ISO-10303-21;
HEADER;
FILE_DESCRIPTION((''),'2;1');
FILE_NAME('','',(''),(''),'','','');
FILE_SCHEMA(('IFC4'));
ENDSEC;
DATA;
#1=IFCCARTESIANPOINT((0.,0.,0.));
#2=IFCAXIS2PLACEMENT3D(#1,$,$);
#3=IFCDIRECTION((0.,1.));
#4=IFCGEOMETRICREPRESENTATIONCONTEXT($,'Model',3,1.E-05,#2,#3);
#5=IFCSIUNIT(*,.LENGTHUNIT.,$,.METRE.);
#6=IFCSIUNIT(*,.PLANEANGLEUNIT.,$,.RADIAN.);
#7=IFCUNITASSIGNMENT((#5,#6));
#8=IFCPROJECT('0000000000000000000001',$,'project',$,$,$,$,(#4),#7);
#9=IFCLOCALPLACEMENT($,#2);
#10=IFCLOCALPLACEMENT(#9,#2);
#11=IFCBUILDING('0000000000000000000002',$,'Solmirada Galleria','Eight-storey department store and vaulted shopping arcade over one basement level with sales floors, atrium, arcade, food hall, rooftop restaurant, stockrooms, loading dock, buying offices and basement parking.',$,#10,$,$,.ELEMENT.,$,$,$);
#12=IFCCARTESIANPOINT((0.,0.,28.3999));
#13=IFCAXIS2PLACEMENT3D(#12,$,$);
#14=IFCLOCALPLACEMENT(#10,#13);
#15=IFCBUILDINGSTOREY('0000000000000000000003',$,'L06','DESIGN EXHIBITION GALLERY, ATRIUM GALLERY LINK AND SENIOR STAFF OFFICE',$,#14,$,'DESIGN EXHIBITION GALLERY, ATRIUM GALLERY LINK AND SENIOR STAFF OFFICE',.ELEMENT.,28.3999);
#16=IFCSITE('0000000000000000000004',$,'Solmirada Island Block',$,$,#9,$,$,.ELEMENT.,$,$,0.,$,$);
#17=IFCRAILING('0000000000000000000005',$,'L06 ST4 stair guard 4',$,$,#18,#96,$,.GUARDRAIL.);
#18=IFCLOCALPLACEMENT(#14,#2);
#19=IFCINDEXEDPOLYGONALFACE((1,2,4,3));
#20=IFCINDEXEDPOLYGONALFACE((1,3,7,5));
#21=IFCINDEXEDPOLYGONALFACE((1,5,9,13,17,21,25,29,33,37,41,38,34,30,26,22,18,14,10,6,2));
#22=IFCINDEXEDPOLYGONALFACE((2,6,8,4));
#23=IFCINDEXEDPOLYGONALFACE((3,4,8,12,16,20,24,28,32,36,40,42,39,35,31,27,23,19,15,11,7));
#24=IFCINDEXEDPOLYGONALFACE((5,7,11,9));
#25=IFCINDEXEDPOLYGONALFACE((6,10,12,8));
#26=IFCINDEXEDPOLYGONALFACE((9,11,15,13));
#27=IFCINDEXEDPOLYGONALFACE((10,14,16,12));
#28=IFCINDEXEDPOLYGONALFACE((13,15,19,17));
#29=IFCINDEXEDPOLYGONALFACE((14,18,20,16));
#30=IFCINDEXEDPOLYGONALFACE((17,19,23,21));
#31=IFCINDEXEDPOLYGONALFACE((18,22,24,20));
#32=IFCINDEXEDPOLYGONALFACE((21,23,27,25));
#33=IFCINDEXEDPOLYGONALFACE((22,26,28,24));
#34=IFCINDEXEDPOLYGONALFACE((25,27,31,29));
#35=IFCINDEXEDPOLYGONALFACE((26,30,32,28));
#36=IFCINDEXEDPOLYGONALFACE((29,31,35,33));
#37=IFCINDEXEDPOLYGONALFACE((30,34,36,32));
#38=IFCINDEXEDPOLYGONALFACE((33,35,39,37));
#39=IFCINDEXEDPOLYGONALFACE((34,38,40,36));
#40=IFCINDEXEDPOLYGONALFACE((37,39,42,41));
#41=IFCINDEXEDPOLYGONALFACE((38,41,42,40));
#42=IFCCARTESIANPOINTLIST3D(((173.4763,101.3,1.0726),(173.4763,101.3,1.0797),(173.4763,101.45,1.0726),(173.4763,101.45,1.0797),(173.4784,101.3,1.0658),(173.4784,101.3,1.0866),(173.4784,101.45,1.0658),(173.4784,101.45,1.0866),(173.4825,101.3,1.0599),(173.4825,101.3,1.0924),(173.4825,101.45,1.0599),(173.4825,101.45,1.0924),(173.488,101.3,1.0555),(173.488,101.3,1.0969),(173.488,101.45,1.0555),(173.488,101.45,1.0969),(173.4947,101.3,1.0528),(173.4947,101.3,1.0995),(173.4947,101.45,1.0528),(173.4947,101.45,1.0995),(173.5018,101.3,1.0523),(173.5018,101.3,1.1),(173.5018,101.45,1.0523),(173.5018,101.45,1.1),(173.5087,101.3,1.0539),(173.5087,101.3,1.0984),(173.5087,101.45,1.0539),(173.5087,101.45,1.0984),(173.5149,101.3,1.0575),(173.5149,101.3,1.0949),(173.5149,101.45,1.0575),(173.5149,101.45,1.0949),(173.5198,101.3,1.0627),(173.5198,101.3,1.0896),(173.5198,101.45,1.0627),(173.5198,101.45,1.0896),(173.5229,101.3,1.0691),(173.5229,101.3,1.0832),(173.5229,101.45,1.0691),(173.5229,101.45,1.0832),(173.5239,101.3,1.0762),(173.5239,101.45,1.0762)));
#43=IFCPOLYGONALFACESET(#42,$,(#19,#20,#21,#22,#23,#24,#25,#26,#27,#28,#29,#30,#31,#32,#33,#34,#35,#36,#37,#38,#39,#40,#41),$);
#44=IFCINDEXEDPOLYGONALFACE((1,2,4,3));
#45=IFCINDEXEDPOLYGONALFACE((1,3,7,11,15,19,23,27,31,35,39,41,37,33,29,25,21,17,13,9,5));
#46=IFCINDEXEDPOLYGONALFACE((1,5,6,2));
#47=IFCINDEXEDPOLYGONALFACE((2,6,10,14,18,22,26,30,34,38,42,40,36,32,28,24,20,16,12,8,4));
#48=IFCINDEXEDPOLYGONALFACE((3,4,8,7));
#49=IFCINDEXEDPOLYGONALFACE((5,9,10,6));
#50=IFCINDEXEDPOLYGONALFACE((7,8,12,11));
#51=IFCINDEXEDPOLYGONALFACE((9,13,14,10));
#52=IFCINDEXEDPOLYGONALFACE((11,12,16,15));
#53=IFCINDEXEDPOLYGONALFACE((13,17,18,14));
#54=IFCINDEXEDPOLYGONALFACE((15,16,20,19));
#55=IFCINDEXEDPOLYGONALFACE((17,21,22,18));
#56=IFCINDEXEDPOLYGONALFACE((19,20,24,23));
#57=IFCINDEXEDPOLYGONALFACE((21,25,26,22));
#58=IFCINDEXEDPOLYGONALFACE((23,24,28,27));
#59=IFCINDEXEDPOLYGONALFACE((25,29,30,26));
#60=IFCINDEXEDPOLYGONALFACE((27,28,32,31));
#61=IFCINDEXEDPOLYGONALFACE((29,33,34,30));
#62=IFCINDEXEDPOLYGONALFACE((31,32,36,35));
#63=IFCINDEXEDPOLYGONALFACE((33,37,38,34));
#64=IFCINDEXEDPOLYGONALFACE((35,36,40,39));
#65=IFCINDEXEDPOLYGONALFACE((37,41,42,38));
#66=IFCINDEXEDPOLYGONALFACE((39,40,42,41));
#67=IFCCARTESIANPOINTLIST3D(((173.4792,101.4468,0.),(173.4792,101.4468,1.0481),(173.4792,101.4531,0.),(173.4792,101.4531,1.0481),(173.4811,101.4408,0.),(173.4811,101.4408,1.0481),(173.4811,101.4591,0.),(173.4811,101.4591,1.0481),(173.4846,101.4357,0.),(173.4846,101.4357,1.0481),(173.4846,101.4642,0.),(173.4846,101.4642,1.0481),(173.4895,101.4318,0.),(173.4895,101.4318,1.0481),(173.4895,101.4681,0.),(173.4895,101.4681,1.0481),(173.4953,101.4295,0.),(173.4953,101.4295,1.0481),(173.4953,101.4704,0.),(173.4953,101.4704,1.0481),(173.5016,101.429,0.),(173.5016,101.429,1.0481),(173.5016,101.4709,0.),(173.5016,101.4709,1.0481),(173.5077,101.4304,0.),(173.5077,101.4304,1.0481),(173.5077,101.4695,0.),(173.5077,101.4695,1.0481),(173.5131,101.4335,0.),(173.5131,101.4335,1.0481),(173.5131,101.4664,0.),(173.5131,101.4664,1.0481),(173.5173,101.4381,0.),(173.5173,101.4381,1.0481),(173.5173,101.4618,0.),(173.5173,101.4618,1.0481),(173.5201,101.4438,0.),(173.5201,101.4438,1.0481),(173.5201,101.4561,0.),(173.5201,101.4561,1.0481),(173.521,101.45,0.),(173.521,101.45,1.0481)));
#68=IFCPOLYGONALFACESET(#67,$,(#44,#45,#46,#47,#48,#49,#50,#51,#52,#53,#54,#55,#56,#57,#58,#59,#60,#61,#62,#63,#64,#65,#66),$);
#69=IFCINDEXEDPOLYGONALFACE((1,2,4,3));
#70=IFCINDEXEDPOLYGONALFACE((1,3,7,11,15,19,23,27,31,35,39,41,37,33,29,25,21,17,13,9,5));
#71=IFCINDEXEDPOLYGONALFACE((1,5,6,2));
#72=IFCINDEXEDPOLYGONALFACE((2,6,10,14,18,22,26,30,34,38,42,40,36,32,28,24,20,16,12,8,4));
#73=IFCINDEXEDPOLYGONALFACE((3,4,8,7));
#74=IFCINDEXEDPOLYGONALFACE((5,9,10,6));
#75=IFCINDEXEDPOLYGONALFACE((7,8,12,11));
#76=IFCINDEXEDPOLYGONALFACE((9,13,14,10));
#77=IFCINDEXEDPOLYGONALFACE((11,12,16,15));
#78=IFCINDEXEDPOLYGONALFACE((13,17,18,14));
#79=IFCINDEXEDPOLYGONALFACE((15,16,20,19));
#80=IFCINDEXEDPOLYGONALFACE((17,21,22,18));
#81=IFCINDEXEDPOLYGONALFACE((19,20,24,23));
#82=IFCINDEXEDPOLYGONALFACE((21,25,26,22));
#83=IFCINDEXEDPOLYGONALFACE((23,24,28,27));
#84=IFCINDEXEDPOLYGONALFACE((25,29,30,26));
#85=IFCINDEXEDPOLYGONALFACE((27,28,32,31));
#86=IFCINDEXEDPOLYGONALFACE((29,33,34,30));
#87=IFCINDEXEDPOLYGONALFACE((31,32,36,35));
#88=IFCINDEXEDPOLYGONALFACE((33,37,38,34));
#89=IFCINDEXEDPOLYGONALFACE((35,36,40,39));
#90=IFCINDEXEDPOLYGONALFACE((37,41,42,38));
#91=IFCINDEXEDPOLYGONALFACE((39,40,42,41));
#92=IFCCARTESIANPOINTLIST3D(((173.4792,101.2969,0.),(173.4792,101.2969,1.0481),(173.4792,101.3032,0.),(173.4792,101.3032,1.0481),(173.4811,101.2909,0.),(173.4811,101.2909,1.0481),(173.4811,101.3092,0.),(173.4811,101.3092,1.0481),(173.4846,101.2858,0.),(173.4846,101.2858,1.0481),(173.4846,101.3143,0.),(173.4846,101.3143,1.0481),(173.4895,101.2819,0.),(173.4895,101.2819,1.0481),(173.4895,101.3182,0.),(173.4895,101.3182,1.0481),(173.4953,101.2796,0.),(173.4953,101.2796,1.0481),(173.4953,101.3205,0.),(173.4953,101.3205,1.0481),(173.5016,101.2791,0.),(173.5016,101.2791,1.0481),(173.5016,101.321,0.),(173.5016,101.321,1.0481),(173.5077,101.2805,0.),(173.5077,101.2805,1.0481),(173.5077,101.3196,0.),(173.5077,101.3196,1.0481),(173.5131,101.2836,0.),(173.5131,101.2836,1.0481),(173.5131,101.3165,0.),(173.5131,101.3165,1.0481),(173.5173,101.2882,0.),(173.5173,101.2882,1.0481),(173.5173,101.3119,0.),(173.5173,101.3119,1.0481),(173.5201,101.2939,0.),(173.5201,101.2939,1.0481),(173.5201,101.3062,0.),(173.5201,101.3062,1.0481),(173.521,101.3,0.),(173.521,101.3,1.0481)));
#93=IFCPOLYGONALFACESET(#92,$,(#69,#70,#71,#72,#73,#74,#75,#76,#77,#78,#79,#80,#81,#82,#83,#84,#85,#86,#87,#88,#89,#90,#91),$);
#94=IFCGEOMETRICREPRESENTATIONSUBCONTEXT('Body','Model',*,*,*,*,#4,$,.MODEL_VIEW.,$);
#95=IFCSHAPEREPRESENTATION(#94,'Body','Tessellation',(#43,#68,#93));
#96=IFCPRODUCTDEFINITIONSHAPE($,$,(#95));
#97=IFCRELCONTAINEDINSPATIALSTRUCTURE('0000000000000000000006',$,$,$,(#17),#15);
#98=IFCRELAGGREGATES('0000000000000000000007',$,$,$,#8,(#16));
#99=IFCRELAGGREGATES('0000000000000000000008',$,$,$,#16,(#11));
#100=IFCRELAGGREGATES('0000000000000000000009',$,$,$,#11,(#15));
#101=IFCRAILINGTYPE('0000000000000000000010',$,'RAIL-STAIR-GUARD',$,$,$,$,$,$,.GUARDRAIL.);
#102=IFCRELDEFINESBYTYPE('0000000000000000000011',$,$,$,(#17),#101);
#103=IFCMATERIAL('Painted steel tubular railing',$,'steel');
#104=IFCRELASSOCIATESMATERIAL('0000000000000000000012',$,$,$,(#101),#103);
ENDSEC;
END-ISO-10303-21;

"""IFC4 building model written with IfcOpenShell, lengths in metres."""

from ifc_helpers import new_model, si_unit, direction, frame, origin, origin_2d, place, context, subcontext, project, spatial, circle, extrude, material, type_object, element, save


model = new_model("IFC4")

# Units and contexts
model_context = context("Model", 3, precision=1e-05, world=origin(), true_north=direction((0.0, 1.0)))
body_context = subcontext(model_context, "Body", "Model", "MODEL_VIEW")
ifc_project = project(units=[si_unit("LENGTHUNIT", "METRE"), si_unit("PLANEANGLEUNIT", "RADIAN")], contexts=[model_context])

# Site, building, storey
site_placement = place(None, origin())
site = spatial("IfcSite", under=ifc_project, at=site_placement, Name="Solmirada Island Block", CompositionType="ELEMENT", RefElevation=0.0)
building_placement = place(site_placement, origin())
building = spatial("IfcBuilding", under=site, at=building_placement, Name="Solmirada Galleria", Description="Eight-storey department store and vaulted shopping arcade over one basement level with sales floors, atrium, arcade, food hall, rooftop restaurant, stockrooms, loading dock, buying offices and basement parking.", CompositionType="ELEMENT")
storey_placement = place(building_placement, frame((0.0, 0.0, 28.3999)))
storey = spatial("IfcBuildingStorey", under=building, at=storey_placement, Name="L06", Description="DESIGN EXHIBITION GALLERY, ATRIUM GALLERY LINK AND SENIOR STAFF OFFICE", LongName="DESIGN EXHIBITION GALLERY, ATRIUM GALLERY LINK AND SENIOR STAFF OFFICE", CompositionType="ELEMENT", Elevation=28.3999)

# Railing
ifc_material_1 = material(Name="Painted steel tubular railing", Category="steel")
railing_type_1 = type_object("IfcRailingType", Name="RAIL-STAIR-GUARD", PredefinedType="GUARDRAIL", material=ifc_material_1)
railing_1_placement = place(storey_placement, frame((173.5, 101.45, 0.0)))
element("IfcRailing", 1, at=railing_1_placement, inside=storey, type_object=railing_type_1, Name="L06 ST4 stair guard 4", PredefinedType="GUARDRAIL", context=body_context, shape_type="SweptSolid", body=[
    extrude(circle(Radius=0.0239, at=origin_2d()), frame((0.0, 0.0, 1.0762), z_axis=(0.0, -1.0, 0.0), x_axis=(1.0, 0.0, 0.0)), (0.0, 0.0, 1.0), 0.1499),
    extrude(circle(Radius=0.021, at=origin_2d()), origin(), (0.0, 0.0, 1.0), 1.0481),
    extrude(circle(Radius=0.021, at=origin_2d()), frame((0.0, -0.1499, 0.0)), (0.0, 0.0, 1.0), 1.0481),
])

save(model, "model.ifc")
